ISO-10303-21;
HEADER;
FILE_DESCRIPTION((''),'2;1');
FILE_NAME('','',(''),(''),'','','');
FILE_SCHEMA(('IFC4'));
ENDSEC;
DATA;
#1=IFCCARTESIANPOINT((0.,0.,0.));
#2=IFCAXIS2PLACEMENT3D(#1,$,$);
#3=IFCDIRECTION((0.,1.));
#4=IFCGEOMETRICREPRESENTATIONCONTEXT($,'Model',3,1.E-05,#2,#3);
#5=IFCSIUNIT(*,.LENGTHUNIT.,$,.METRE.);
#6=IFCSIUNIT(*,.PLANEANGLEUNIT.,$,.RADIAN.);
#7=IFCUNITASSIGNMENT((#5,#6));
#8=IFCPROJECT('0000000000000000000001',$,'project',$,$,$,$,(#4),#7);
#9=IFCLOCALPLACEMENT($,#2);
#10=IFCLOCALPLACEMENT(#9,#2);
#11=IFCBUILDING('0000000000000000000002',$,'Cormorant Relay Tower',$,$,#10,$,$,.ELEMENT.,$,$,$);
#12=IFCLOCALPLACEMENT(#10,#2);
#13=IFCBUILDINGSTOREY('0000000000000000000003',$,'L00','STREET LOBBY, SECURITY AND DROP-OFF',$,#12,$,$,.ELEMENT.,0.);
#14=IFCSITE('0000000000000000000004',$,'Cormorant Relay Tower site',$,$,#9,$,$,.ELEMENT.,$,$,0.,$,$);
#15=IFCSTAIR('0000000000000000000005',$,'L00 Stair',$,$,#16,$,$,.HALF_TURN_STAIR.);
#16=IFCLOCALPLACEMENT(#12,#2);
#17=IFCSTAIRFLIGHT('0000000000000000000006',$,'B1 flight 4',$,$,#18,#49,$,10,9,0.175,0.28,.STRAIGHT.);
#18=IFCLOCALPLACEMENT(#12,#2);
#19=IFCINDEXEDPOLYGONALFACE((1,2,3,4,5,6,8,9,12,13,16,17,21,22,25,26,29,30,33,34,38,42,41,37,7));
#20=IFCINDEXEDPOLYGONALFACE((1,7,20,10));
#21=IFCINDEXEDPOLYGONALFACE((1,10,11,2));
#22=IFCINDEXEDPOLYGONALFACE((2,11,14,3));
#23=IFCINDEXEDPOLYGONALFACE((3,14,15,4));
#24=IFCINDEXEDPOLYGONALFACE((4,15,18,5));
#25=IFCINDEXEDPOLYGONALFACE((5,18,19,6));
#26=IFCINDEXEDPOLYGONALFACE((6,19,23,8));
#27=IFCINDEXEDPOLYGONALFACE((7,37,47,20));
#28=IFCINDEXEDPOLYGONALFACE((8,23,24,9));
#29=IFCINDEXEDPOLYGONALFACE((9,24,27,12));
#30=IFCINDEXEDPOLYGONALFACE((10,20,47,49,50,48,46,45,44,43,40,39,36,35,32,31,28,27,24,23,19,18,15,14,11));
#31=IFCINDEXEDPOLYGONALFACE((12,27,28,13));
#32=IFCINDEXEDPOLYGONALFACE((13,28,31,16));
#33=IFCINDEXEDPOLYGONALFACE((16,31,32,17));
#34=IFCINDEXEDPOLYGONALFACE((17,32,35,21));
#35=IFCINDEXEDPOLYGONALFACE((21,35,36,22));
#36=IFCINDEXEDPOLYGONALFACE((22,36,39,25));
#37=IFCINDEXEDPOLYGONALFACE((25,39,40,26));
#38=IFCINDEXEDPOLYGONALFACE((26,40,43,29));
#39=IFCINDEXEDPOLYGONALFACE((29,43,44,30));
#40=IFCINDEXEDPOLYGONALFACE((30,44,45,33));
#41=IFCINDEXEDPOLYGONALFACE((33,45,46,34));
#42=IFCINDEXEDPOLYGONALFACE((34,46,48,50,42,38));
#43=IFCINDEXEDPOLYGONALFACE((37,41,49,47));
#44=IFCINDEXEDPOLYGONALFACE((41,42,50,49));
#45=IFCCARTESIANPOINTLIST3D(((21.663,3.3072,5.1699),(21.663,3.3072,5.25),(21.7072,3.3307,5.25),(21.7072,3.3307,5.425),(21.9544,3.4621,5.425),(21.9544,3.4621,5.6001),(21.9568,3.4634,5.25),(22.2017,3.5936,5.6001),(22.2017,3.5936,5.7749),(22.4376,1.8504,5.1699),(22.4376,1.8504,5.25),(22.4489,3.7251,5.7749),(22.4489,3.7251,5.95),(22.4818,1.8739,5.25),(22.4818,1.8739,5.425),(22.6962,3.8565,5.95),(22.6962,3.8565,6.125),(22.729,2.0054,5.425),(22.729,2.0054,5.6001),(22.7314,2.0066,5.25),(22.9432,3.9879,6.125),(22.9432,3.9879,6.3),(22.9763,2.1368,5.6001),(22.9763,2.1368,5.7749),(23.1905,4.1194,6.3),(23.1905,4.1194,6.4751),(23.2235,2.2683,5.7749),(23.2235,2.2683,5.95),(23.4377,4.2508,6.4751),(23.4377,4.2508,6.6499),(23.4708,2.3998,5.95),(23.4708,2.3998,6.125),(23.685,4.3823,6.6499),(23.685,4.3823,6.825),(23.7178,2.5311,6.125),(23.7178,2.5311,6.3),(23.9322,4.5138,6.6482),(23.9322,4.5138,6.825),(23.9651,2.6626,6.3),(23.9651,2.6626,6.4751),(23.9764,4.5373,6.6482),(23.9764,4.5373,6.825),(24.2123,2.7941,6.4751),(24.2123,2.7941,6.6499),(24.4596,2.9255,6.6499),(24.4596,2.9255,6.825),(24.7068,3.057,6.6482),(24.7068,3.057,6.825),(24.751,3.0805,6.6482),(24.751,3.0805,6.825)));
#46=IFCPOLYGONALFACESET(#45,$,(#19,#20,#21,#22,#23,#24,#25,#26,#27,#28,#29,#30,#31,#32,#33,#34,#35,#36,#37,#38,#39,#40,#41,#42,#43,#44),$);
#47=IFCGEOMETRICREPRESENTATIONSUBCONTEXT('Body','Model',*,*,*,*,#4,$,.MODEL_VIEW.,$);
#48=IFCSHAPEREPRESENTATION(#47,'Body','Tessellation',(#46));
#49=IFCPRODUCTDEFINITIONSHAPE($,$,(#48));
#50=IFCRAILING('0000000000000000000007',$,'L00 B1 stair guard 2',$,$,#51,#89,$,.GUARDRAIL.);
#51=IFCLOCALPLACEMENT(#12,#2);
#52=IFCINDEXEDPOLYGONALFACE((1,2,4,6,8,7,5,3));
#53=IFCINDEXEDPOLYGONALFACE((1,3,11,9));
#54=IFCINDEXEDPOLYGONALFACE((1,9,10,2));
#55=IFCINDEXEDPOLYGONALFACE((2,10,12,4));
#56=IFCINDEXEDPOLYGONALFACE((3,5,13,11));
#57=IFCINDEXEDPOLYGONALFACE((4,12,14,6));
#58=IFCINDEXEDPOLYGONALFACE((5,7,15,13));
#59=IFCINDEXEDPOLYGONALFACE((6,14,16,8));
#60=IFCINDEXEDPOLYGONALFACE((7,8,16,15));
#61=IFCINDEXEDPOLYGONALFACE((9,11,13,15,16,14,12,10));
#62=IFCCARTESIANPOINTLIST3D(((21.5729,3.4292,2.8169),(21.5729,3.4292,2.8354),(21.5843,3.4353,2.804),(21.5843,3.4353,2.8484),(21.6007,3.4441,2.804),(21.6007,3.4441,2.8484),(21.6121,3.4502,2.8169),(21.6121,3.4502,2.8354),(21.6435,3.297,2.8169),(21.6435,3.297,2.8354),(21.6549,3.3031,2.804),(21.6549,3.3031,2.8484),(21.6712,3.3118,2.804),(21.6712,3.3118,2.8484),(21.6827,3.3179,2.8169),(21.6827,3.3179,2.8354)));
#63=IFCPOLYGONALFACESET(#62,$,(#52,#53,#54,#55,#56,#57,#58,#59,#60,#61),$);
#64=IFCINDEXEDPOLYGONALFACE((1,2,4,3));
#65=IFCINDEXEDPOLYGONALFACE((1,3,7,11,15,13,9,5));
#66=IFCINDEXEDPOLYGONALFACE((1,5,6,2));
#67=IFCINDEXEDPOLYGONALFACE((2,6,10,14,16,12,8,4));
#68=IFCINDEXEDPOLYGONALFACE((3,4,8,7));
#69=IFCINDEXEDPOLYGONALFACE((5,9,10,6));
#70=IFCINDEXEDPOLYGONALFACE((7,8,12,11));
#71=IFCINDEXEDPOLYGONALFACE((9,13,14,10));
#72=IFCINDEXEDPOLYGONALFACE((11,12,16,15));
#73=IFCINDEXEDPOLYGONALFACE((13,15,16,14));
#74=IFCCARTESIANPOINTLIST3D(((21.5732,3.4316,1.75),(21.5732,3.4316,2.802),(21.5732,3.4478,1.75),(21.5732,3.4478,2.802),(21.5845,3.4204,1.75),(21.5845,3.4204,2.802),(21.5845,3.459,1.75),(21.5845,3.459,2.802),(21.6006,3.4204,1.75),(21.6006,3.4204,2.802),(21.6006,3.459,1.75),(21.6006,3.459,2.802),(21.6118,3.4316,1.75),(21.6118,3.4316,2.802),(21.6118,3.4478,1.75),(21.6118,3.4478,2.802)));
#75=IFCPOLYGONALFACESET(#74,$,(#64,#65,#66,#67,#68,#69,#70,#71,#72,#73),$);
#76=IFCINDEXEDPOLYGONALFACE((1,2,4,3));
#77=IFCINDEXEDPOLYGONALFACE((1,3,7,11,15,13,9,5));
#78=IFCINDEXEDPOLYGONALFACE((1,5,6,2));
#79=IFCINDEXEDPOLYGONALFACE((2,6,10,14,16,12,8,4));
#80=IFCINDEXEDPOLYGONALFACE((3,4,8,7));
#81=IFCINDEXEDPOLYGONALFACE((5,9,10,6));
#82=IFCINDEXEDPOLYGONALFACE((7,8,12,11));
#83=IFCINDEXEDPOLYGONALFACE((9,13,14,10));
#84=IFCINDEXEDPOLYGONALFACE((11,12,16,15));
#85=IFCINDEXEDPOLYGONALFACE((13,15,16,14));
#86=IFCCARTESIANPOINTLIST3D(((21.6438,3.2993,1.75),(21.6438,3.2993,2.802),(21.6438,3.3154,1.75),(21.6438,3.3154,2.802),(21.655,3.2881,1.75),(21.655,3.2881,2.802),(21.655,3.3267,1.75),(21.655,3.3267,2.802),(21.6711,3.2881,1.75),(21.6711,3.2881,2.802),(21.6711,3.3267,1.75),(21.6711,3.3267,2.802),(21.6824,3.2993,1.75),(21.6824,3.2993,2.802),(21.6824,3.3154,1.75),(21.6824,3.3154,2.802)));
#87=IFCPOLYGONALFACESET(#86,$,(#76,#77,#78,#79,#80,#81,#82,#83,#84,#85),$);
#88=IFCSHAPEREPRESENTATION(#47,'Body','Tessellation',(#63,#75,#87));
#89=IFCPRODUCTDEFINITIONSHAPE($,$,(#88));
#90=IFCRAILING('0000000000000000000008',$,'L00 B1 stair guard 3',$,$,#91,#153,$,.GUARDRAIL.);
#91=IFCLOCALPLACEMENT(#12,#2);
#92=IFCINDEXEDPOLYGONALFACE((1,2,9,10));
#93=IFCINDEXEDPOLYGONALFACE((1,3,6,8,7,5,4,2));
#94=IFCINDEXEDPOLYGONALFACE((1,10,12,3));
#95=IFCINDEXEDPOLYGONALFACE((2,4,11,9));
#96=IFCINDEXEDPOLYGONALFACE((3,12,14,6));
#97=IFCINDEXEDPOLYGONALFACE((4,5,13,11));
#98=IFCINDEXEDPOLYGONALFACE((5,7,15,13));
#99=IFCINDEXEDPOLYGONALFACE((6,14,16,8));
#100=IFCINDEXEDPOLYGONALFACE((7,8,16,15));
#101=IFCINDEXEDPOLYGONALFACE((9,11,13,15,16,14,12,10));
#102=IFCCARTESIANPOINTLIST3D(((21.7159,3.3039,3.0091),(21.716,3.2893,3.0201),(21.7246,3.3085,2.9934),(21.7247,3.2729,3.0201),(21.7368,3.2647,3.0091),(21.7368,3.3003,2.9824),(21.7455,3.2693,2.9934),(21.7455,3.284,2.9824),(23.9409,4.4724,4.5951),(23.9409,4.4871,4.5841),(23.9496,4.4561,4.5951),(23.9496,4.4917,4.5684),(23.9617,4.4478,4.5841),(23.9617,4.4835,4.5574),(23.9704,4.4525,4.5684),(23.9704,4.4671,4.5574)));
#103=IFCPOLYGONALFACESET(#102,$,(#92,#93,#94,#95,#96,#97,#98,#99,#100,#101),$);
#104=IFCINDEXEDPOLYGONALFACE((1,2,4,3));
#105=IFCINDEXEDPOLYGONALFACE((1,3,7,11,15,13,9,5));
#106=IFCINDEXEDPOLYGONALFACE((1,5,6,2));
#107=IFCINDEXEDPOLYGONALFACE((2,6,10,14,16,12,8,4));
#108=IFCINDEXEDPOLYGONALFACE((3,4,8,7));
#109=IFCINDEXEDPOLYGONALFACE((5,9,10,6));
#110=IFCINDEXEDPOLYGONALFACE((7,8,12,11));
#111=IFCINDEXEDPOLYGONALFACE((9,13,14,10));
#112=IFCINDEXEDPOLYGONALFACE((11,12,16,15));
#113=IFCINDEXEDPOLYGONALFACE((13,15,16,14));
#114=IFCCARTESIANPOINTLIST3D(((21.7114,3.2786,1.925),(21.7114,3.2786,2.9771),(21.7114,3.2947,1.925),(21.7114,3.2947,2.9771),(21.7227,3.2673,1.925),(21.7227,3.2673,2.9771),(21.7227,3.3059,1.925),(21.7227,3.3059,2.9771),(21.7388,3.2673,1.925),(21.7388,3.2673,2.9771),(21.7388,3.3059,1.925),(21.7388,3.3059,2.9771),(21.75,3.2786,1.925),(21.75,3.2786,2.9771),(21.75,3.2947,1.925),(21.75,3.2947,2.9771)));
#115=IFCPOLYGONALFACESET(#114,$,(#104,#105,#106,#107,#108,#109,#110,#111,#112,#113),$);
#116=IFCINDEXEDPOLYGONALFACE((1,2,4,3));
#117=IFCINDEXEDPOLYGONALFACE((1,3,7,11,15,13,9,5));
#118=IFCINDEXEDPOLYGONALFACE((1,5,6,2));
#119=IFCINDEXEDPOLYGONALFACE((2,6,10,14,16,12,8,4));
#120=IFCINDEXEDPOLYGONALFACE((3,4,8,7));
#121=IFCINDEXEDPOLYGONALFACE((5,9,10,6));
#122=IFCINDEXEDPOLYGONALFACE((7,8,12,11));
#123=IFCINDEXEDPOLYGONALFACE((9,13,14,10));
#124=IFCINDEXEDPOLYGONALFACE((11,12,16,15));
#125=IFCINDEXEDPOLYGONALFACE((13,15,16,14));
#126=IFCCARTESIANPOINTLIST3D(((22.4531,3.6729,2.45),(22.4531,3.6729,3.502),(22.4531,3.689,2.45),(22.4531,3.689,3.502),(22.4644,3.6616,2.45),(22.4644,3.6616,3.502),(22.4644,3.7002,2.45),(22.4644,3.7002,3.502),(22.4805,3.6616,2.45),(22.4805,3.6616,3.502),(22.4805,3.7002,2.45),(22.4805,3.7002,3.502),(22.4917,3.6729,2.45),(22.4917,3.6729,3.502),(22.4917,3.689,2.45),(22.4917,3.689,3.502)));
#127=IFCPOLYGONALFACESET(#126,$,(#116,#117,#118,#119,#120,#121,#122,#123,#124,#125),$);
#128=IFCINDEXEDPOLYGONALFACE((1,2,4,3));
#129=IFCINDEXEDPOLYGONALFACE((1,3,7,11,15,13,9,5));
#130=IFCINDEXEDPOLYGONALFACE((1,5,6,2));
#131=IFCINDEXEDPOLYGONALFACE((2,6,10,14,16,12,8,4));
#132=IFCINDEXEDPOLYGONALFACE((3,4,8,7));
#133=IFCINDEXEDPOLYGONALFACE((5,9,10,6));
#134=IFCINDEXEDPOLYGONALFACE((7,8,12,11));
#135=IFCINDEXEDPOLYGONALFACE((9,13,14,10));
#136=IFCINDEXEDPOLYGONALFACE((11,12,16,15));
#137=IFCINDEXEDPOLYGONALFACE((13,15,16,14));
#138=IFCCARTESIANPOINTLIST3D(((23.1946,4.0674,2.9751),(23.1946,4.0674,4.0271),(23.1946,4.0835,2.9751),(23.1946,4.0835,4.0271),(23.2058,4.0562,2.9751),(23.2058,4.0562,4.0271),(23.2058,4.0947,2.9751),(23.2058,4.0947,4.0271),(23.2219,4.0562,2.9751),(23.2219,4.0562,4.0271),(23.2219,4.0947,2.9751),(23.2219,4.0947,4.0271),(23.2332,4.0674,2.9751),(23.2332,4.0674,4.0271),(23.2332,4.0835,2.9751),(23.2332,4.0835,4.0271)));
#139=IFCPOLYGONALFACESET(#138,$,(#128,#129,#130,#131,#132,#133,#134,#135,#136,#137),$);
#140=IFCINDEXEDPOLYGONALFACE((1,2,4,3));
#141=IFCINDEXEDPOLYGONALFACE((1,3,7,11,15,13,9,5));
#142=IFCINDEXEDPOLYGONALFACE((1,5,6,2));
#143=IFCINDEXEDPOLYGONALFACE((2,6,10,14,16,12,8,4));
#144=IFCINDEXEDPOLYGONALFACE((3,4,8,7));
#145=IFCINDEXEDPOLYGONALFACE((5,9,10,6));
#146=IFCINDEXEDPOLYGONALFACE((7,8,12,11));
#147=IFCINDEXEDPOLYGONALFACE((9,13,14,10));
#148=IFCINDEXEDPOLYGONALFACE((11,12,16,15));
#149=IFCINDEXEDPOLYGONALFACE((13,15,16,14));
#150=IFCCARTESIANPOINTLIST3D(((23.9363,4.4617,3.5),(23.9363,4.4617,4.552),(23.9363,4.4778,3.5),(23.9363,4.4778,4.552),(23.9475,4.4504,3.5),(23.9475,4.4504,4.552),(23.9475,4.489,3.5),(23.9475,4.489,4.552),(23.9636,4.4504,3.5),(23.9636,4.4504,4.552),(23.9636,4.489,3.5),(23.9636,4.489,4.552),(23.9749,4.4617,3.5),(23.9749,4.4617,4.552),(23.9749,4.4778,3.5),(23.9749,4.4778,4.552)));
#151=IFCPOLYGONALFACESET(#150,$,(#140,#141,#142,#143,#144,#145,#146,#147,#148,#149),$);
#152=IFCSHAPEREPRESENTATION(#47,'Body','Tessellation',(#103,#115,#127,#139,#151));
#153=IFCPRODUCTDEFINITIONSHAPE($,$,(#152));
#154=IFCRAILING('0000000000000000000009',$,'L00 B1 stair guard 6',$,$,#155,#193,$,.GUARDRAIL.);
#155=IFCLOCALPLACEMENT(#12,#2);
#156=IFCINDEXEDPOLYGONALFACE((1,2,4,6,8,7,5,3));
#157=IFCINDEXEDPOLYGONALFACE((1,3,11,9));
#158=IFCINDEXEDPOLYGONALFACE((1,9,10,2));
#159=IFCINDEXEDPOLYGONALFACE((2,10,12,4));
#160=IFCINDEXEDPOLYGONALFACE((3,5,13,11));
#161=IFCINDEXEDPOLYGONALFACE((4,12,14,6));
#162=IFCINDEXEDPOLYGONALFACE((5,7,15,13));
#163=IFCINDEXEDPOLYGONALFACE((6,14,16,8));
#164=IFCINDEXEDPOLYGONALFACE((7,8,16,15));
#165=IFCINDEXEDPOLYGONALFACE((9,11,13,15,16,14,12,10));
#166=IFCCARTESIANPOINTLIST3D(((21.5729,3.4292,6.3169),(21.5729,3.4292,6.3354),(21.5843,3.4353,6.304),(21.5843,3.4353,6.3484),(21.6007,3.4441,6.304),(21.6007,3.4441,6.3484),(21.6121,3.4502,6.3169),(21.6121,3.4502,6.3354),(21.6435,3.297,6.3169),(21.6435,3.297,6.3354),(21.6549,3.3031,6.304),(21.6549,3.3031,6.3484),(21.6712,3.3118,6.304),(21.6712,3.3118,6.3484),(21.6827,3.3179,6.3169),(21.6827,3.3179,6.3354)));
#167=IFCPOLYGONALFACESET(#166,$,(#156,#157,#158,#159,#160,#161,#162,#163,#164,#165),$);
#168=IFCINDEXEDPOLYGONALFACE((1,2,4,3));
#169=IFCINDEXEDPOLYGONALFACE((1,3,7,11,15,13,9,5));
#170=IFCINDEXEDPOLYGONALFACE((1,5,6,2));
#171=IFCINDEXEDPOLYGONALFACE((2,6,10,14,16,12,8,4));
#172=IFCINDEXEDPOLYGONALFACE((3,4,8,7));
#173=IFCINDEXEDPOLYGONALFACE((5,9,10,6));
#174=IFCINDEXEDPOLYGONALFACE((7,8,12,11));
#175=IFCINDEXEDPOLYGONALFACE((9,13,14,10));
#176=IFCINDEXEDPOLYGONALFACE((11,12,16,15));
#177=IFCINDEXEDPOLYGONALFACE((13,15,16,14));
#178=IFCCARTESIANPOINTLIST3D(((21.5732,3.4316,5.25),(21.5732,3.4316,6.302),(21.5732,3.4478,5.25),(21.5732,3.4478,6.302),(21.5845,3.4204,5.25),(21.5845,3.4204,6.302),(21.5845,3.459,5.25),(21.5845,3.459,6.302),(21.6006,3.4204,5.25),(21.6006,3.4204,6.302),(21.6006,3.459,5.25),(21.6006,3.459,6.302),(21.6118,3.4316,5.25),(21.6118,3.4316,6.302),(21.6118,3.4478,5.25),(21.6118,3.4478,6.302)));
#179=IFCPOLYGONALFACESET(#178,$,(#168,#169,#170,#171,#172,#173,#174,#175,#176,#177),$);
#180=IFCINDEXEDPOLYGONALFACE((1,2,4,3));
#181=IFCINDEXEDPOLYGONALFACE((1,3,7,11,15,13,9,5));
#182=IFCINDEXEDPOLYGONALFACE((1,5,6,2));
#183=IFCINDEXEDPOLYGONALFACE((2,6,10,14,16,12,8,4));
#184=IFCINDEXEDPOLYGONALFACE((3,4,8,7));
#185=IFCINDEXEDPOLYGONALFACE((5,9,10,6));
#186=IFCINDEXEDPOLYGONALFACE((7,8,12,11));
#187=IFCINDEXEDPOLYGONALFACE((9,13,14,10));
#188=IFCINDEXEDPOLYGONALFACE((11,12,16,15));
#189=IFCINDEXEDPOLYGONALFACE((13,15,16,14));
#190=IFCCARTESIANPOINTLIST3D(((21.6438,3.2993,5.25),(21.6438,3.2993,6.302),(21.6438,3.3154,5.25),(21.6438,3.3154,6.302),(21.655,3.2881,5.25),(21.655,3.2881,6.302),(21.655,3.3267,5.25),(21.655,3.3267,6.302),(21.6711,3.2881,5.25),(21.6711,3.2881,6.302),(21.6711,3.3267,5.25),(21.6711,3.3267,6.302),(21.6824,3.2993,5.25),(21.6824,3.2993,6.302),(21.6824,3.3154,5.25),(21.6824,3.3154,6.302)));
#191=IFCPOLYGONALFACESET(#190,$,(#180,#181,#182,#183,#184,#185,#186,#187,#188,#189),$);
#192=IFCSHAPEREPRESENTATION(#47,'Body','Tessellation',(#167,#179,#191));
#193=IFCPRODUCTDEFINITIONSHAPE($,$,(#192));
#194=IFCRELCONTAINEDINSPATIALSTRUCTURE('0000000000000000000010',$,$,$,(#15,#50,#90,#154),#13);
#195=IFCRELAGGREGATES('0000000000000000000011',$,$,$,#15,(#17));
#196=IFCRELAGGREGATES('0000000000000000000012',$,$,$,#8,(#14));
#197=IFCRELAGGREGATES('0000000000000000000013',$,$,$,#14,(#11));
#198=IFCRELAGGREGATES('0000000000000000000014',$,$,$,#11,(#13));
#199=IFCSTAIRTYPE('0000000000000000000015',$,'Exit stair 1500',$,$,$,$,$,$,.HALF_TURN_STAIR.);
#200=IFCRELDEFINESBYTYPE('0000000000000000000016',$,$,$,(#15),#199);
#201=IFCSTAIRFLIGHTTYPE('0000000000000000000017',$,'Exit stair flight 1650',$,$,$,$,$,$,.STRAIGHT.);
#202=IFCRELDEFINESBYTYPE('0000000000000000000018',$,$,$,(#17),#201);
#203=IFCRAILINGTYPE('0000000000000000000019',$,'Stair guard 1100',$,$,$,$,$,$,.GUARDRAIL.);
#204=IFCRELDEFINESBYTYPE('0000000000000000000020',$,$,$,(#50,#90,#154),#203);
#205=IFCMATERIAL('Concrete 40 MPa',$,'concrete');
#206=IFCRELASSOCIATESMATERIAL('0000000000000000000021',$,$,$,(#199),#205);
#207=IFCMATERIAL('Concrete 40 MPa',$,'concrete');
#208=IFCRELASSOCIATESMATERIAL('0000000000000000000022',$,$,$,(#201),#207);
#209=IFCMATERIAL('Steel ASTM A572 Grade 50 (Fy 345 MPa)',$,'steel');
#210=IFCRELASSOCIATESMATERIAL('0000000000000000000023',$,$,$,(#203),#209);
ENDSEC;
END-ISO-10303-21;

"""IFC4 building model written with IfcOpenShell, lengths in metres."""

from ifc_helpers import new_model, si_unit, direction, frame, origin, place, context, subcontext, project, spatial, polyline, outline, extrude, material, type_object, element, aggregate, save


model = new_model("IFC4")

# Units and contexts
model_context = context("Model", 3, precision=1e-05, world=origin(), true_north=direction((0.0, 1.0)))
body_context = subcontext(model_context, "Body", "Model", "MODEL_VIEW")
ifc_project = project(units=[si_unit("LENGTHUNIT", "METRE"), si_unit("PLANEANGLEUNIT", "RADIAN")], contexts=[model_context])

# Site, building, storey
site_placement = place(None, origin())
site = spatial("IfcSite", under=ifc_project, at=site_placement, Name="Cormorant Relay Tower site", CompositionType="ELEMENT", RefElevation=0.0)
building_placement = place(site_placement, origin())
building = spatial("IfcBuilding", under=site, at=building_placement, Name="Cormorant Relay Tower", CompositionType="ELEMENT")
storey_placement = place(building_placement, origin())
storey = spatial("IfcBuildingStorey", under=building, at=storey_placement, Name="L00", Description="STREET LOBBY, SECURITY AND DROP-OFF", CompositionType="ELEMENT", Elevation=0.0)

# Stair, stair flight
ifc_material_1 = material(Name="Concrete 40 MPa", Category="concrete")
stair_type = type_object("IfcStairType", Name="Exit stair 1500", PredefinedType="HALF_TURN_STAIR", material=ifc_material_1)
stair_placement = place(storey_placement, origin())
stair = element("IfcStair", 1, at=stair_placement, inside=storey, type_object=stair_type, Name="L00 Stair", PredefinedType="HALF_TURN_STAIR")
ifc_material_2 = material(Name="Concrete 40 MPa", Category="concrete")
stair_flight_type = type_object("IfcStairFlightType", Name="Exit stair flight 1650", PredefinedType="STRAIGHT", material=ifc_material_2)
stair_flight_1_placement = place(storey_placement, frame((22.0945, 2.6023, 5.25), z_axis=(0.0, 0.0, 1.0), x_axis=(0.882948, 0.469472, 0.0)))
stair_flight_1 = element("IfcStairFlight", 2, at=stair_flight_1_placement, type_object=stair_flight_type, Name="B1 flight 4", NumberOfRisers=10, NumberOfTreads=9, PredefinedType="STRAIGHT", RiserHeight=0.175, TreadLength=0.28, context=body_context, shape_type="SweptSolid", body=[
    extrude(outline(polyline([(-0.05, -0.0801), (-0.05, 0.0), (0.0, 0.0), (0.0, 0.175), (0.28, 0.175), (0.28, 0.3501), (0.5601, 0.3501), (0.5601, 0.5249), (0.8401, 0.5249), (0.8401, 0.7), (1.1201, 0.7), (1.1201, 0.875), (1.3999, 0.875), (1.3999, 1.05), (1.6799, 1.05), (1.6799, 1.2251), (1.96, 1.2251), (1.96, 1.3999), (2.24, 1.3999), (2.24, 1.575), (2.52, 1.575), (2.5701, 1.575), (2.5701, 1.3982), (2.52, 1.3982), (0.2827, 0.0), (-0.05, -0.0801)])), frame((0.0, 0.825, 0.0), z_axis=(0.0, -1.0, 0.0), x_axis=(1.0, 0.0, 0.0)), (0.0, 0.0, 1.0), 1.6499),
])
aggregate(stair, [stair_flight_1])

# Railings
ifc_material_3 = material(Name="Steel ASTM A572 Grade 50 (Fy 345 MPa)", Category="steel")
railing_type_1 = type_object("IfcRailingType", Name="Stair guard 1100", PredefinedType="GUARDRAIL", material=ifc_material_3)
railing_1_placement = place(storey_placement, frame((21.5925, 3.4397, 1.75)))
element("IfcRailing", 3, at=railing_1_placement, inside=storey, type_object=railing_type_1, Name="L00 B1 stair guard 2", PredefinedType="GUARDRAIL", context=body_context, shape_type="SweptSolid", body=[
    extrude(outline(polyline([(0.0222, 0.0093), (0.0093, 0.0222), (-0.0093, 0.0222), (-0.0222, 0.0093), (-0.0222, -0.0093), (-0.0093, -0.0222), (0.0093, -0.0222), (0.0222, -0.0093), (0.0222, 0.0093)])), frame((0.0, 0.0, 1.0762), z_axis=(0.470504, -0.882398, 0.0), x_axis=(0.882398, 0.470504, 0.0)), (0.0, 0.0, 1.0), 0.1499),
    extrude(outline(polyline([(0.0193, 0.0081), (0.0081, 0.0193), (-0.0081, 0.0193), (-0.0193, 0.0081), (-0.0193, -0.0081), (-0.0081, -0.0193), (0.0081, -0.0193), (0.0193, -0.0081), (0.0193, 0.0081)])), origin(), (0.0, 0.0, 1.0), 1.052),
    extrude(outline(polyline([(0.0193, 0.0081), (0.0081, 0.0193), (-0.0081, 0.0193), (-0.0193, 0.0081), (-0.0193, -0.0081), (-0.0081, -0.0193), (0.0081, -0.0193), (0.0193, -0.0081), (0.0193, 0.0081)])), frame((0.0706, -0.1323, 0.0)), (0.0, 0.0, 1.0), 1.052),
])
railing_2_placement = place(storey_placement, frame((21.7307, 3.2866, 1.925)))
element("IfcRailing", 4, at=railing_2_placement, inside=storey, type_object=railing_type_1, Name="L00 B1 stair guard 3", PredefinedType="GUARDRAIL", context=body_context, shape_type="SweptSolid", body=[
    extrude(outline(polyline([(0.0222, 0.0093), (0.0093, 0.0222), (-0.0093, 0.0222), (-0.0222, 0.0093), (-0.0222, -0.0093), (-0.0093, -0.0222), (0.0093, -0.0222), (0.0222, -0.0093), (0.0222, 0.0093)])), frame((0.0, 0.0, 1.0762), z_axis=(0.748715, 0.398143, 0.530008), x_axis=(-0.469512, 0.882926, 0.0)), (0.0, 0.0, 1.0), 2.9717),
    extrude(outline(polyline([(0.0193, 0.0081), (0.0081, 0.0193), (-0.0081, 0.0193), (-0.0193, 0.0081), (-0.0193, -0.0081), (-0.0081, -0.0193), (0.0081, -0.0193), (0.0193, -0.0081), (0.0193, 0.0081)])), origin(), (0.0, 0.0, 1.0), 1.052),
    extrude(outline(polyline([(0.0193, 0.0081), (0.0081, 0.0193), (-0.0081, 0.0193), (-0.0193, 0.0081), (-0.0193, -0.0081), (-0.0081, -0.0193), (0.0081, -0.0193), (0.0193, -0.0081), (0.0193, 0.0081)])), frame((0.7417, 0.3943, 0.5249)), (0.0, 0.0, 1.0), 1.052),
    extrude(outline(polyline([(0.0193, 0.0081), (0.0081, 0.0193), (-0.0081, 0.0193), (-0.0193, 0.0081), (-0.0193, -0.0081), (-0.0081, -0.0193), (0.0081, -0.0193), (0.0193, -0.0081), (0.0193, 0.0081)])), frame((1.4832, 0.7888, 1.05)), (0.0, 0.0, 1.0), 1.052),
    extrude(outline(polyline([(0.0193, 0.0081), (0.0081, 0.0193), (-0.0081, 0.0193), (-0.0193, 0.0081), (-0.0193, -0.0081), (-0.0081, -0.0193), (0.0081, -0.0193), (0.0193, -0.0081), (0.0193, 0.0081)])), frame((2.2249, 1.1831, 1.575)), (0.0, 0.0, 1.0), 1.052),
])
railing_3_placement = place(storey_placement, frame((21.5925, 3.4397, 5.25)))
element("IfcRailing", 5, at=railing_3_placement, inside=storey, type_object=railing_type_1, Name="L00 B1 stair guard 6", PredefinedType="GUARDRAIL", context=body_context, shape_type="SweptSolid", body=[
    extrude(outline(polyline([(0.0222, 0.0093), (0.0093, 0.0222), (-0.0093, 0.0222), (-0.0222, 0.0093), (-0.0222, -0.0093), (-0.0093, -0.0222), (0.0093, -0.0222), (0.0222, -0.0093), (0.0222, 0.0093)])), frame((0.0, 0.0, 1.0762), z_axis=(0.470504, -0.882398, 0.0), x_axis=(0.882398, 0.470504, 0.0)), (0.0, 0.0, 1.0), 0.1499),
    extrude(outline(polyline([(0.0193, 0.0081), (0.0081, 0.0193), (-0.0081, 0.0193), (-0.0193, 0.0081), (-0.0193, -0.0081), (-0.0081, -0.0193), (0.0081, -0.0193), (0.0193, -0.0081), (0.0193, 0.0081)])), origin(), (0.0, 0.0, 1.0), 1.052),
    extrude(outline(polyline([(0.0193, 0.0081), (0.0081, 0.0193), (-0.0081, 0.0193), (-0.0193, 0.0081), (-0.0193, -0.0081), (-0.0081, -0.0193), (0.0081, -0.0193), (0.0193, -0.0081), (0.0193, 0.0081)])), frame((0.0706, -0.1323, 0.0)), (0.0, 0.0, 1.0), 1.052),
])

save(model, "model.ifc")
